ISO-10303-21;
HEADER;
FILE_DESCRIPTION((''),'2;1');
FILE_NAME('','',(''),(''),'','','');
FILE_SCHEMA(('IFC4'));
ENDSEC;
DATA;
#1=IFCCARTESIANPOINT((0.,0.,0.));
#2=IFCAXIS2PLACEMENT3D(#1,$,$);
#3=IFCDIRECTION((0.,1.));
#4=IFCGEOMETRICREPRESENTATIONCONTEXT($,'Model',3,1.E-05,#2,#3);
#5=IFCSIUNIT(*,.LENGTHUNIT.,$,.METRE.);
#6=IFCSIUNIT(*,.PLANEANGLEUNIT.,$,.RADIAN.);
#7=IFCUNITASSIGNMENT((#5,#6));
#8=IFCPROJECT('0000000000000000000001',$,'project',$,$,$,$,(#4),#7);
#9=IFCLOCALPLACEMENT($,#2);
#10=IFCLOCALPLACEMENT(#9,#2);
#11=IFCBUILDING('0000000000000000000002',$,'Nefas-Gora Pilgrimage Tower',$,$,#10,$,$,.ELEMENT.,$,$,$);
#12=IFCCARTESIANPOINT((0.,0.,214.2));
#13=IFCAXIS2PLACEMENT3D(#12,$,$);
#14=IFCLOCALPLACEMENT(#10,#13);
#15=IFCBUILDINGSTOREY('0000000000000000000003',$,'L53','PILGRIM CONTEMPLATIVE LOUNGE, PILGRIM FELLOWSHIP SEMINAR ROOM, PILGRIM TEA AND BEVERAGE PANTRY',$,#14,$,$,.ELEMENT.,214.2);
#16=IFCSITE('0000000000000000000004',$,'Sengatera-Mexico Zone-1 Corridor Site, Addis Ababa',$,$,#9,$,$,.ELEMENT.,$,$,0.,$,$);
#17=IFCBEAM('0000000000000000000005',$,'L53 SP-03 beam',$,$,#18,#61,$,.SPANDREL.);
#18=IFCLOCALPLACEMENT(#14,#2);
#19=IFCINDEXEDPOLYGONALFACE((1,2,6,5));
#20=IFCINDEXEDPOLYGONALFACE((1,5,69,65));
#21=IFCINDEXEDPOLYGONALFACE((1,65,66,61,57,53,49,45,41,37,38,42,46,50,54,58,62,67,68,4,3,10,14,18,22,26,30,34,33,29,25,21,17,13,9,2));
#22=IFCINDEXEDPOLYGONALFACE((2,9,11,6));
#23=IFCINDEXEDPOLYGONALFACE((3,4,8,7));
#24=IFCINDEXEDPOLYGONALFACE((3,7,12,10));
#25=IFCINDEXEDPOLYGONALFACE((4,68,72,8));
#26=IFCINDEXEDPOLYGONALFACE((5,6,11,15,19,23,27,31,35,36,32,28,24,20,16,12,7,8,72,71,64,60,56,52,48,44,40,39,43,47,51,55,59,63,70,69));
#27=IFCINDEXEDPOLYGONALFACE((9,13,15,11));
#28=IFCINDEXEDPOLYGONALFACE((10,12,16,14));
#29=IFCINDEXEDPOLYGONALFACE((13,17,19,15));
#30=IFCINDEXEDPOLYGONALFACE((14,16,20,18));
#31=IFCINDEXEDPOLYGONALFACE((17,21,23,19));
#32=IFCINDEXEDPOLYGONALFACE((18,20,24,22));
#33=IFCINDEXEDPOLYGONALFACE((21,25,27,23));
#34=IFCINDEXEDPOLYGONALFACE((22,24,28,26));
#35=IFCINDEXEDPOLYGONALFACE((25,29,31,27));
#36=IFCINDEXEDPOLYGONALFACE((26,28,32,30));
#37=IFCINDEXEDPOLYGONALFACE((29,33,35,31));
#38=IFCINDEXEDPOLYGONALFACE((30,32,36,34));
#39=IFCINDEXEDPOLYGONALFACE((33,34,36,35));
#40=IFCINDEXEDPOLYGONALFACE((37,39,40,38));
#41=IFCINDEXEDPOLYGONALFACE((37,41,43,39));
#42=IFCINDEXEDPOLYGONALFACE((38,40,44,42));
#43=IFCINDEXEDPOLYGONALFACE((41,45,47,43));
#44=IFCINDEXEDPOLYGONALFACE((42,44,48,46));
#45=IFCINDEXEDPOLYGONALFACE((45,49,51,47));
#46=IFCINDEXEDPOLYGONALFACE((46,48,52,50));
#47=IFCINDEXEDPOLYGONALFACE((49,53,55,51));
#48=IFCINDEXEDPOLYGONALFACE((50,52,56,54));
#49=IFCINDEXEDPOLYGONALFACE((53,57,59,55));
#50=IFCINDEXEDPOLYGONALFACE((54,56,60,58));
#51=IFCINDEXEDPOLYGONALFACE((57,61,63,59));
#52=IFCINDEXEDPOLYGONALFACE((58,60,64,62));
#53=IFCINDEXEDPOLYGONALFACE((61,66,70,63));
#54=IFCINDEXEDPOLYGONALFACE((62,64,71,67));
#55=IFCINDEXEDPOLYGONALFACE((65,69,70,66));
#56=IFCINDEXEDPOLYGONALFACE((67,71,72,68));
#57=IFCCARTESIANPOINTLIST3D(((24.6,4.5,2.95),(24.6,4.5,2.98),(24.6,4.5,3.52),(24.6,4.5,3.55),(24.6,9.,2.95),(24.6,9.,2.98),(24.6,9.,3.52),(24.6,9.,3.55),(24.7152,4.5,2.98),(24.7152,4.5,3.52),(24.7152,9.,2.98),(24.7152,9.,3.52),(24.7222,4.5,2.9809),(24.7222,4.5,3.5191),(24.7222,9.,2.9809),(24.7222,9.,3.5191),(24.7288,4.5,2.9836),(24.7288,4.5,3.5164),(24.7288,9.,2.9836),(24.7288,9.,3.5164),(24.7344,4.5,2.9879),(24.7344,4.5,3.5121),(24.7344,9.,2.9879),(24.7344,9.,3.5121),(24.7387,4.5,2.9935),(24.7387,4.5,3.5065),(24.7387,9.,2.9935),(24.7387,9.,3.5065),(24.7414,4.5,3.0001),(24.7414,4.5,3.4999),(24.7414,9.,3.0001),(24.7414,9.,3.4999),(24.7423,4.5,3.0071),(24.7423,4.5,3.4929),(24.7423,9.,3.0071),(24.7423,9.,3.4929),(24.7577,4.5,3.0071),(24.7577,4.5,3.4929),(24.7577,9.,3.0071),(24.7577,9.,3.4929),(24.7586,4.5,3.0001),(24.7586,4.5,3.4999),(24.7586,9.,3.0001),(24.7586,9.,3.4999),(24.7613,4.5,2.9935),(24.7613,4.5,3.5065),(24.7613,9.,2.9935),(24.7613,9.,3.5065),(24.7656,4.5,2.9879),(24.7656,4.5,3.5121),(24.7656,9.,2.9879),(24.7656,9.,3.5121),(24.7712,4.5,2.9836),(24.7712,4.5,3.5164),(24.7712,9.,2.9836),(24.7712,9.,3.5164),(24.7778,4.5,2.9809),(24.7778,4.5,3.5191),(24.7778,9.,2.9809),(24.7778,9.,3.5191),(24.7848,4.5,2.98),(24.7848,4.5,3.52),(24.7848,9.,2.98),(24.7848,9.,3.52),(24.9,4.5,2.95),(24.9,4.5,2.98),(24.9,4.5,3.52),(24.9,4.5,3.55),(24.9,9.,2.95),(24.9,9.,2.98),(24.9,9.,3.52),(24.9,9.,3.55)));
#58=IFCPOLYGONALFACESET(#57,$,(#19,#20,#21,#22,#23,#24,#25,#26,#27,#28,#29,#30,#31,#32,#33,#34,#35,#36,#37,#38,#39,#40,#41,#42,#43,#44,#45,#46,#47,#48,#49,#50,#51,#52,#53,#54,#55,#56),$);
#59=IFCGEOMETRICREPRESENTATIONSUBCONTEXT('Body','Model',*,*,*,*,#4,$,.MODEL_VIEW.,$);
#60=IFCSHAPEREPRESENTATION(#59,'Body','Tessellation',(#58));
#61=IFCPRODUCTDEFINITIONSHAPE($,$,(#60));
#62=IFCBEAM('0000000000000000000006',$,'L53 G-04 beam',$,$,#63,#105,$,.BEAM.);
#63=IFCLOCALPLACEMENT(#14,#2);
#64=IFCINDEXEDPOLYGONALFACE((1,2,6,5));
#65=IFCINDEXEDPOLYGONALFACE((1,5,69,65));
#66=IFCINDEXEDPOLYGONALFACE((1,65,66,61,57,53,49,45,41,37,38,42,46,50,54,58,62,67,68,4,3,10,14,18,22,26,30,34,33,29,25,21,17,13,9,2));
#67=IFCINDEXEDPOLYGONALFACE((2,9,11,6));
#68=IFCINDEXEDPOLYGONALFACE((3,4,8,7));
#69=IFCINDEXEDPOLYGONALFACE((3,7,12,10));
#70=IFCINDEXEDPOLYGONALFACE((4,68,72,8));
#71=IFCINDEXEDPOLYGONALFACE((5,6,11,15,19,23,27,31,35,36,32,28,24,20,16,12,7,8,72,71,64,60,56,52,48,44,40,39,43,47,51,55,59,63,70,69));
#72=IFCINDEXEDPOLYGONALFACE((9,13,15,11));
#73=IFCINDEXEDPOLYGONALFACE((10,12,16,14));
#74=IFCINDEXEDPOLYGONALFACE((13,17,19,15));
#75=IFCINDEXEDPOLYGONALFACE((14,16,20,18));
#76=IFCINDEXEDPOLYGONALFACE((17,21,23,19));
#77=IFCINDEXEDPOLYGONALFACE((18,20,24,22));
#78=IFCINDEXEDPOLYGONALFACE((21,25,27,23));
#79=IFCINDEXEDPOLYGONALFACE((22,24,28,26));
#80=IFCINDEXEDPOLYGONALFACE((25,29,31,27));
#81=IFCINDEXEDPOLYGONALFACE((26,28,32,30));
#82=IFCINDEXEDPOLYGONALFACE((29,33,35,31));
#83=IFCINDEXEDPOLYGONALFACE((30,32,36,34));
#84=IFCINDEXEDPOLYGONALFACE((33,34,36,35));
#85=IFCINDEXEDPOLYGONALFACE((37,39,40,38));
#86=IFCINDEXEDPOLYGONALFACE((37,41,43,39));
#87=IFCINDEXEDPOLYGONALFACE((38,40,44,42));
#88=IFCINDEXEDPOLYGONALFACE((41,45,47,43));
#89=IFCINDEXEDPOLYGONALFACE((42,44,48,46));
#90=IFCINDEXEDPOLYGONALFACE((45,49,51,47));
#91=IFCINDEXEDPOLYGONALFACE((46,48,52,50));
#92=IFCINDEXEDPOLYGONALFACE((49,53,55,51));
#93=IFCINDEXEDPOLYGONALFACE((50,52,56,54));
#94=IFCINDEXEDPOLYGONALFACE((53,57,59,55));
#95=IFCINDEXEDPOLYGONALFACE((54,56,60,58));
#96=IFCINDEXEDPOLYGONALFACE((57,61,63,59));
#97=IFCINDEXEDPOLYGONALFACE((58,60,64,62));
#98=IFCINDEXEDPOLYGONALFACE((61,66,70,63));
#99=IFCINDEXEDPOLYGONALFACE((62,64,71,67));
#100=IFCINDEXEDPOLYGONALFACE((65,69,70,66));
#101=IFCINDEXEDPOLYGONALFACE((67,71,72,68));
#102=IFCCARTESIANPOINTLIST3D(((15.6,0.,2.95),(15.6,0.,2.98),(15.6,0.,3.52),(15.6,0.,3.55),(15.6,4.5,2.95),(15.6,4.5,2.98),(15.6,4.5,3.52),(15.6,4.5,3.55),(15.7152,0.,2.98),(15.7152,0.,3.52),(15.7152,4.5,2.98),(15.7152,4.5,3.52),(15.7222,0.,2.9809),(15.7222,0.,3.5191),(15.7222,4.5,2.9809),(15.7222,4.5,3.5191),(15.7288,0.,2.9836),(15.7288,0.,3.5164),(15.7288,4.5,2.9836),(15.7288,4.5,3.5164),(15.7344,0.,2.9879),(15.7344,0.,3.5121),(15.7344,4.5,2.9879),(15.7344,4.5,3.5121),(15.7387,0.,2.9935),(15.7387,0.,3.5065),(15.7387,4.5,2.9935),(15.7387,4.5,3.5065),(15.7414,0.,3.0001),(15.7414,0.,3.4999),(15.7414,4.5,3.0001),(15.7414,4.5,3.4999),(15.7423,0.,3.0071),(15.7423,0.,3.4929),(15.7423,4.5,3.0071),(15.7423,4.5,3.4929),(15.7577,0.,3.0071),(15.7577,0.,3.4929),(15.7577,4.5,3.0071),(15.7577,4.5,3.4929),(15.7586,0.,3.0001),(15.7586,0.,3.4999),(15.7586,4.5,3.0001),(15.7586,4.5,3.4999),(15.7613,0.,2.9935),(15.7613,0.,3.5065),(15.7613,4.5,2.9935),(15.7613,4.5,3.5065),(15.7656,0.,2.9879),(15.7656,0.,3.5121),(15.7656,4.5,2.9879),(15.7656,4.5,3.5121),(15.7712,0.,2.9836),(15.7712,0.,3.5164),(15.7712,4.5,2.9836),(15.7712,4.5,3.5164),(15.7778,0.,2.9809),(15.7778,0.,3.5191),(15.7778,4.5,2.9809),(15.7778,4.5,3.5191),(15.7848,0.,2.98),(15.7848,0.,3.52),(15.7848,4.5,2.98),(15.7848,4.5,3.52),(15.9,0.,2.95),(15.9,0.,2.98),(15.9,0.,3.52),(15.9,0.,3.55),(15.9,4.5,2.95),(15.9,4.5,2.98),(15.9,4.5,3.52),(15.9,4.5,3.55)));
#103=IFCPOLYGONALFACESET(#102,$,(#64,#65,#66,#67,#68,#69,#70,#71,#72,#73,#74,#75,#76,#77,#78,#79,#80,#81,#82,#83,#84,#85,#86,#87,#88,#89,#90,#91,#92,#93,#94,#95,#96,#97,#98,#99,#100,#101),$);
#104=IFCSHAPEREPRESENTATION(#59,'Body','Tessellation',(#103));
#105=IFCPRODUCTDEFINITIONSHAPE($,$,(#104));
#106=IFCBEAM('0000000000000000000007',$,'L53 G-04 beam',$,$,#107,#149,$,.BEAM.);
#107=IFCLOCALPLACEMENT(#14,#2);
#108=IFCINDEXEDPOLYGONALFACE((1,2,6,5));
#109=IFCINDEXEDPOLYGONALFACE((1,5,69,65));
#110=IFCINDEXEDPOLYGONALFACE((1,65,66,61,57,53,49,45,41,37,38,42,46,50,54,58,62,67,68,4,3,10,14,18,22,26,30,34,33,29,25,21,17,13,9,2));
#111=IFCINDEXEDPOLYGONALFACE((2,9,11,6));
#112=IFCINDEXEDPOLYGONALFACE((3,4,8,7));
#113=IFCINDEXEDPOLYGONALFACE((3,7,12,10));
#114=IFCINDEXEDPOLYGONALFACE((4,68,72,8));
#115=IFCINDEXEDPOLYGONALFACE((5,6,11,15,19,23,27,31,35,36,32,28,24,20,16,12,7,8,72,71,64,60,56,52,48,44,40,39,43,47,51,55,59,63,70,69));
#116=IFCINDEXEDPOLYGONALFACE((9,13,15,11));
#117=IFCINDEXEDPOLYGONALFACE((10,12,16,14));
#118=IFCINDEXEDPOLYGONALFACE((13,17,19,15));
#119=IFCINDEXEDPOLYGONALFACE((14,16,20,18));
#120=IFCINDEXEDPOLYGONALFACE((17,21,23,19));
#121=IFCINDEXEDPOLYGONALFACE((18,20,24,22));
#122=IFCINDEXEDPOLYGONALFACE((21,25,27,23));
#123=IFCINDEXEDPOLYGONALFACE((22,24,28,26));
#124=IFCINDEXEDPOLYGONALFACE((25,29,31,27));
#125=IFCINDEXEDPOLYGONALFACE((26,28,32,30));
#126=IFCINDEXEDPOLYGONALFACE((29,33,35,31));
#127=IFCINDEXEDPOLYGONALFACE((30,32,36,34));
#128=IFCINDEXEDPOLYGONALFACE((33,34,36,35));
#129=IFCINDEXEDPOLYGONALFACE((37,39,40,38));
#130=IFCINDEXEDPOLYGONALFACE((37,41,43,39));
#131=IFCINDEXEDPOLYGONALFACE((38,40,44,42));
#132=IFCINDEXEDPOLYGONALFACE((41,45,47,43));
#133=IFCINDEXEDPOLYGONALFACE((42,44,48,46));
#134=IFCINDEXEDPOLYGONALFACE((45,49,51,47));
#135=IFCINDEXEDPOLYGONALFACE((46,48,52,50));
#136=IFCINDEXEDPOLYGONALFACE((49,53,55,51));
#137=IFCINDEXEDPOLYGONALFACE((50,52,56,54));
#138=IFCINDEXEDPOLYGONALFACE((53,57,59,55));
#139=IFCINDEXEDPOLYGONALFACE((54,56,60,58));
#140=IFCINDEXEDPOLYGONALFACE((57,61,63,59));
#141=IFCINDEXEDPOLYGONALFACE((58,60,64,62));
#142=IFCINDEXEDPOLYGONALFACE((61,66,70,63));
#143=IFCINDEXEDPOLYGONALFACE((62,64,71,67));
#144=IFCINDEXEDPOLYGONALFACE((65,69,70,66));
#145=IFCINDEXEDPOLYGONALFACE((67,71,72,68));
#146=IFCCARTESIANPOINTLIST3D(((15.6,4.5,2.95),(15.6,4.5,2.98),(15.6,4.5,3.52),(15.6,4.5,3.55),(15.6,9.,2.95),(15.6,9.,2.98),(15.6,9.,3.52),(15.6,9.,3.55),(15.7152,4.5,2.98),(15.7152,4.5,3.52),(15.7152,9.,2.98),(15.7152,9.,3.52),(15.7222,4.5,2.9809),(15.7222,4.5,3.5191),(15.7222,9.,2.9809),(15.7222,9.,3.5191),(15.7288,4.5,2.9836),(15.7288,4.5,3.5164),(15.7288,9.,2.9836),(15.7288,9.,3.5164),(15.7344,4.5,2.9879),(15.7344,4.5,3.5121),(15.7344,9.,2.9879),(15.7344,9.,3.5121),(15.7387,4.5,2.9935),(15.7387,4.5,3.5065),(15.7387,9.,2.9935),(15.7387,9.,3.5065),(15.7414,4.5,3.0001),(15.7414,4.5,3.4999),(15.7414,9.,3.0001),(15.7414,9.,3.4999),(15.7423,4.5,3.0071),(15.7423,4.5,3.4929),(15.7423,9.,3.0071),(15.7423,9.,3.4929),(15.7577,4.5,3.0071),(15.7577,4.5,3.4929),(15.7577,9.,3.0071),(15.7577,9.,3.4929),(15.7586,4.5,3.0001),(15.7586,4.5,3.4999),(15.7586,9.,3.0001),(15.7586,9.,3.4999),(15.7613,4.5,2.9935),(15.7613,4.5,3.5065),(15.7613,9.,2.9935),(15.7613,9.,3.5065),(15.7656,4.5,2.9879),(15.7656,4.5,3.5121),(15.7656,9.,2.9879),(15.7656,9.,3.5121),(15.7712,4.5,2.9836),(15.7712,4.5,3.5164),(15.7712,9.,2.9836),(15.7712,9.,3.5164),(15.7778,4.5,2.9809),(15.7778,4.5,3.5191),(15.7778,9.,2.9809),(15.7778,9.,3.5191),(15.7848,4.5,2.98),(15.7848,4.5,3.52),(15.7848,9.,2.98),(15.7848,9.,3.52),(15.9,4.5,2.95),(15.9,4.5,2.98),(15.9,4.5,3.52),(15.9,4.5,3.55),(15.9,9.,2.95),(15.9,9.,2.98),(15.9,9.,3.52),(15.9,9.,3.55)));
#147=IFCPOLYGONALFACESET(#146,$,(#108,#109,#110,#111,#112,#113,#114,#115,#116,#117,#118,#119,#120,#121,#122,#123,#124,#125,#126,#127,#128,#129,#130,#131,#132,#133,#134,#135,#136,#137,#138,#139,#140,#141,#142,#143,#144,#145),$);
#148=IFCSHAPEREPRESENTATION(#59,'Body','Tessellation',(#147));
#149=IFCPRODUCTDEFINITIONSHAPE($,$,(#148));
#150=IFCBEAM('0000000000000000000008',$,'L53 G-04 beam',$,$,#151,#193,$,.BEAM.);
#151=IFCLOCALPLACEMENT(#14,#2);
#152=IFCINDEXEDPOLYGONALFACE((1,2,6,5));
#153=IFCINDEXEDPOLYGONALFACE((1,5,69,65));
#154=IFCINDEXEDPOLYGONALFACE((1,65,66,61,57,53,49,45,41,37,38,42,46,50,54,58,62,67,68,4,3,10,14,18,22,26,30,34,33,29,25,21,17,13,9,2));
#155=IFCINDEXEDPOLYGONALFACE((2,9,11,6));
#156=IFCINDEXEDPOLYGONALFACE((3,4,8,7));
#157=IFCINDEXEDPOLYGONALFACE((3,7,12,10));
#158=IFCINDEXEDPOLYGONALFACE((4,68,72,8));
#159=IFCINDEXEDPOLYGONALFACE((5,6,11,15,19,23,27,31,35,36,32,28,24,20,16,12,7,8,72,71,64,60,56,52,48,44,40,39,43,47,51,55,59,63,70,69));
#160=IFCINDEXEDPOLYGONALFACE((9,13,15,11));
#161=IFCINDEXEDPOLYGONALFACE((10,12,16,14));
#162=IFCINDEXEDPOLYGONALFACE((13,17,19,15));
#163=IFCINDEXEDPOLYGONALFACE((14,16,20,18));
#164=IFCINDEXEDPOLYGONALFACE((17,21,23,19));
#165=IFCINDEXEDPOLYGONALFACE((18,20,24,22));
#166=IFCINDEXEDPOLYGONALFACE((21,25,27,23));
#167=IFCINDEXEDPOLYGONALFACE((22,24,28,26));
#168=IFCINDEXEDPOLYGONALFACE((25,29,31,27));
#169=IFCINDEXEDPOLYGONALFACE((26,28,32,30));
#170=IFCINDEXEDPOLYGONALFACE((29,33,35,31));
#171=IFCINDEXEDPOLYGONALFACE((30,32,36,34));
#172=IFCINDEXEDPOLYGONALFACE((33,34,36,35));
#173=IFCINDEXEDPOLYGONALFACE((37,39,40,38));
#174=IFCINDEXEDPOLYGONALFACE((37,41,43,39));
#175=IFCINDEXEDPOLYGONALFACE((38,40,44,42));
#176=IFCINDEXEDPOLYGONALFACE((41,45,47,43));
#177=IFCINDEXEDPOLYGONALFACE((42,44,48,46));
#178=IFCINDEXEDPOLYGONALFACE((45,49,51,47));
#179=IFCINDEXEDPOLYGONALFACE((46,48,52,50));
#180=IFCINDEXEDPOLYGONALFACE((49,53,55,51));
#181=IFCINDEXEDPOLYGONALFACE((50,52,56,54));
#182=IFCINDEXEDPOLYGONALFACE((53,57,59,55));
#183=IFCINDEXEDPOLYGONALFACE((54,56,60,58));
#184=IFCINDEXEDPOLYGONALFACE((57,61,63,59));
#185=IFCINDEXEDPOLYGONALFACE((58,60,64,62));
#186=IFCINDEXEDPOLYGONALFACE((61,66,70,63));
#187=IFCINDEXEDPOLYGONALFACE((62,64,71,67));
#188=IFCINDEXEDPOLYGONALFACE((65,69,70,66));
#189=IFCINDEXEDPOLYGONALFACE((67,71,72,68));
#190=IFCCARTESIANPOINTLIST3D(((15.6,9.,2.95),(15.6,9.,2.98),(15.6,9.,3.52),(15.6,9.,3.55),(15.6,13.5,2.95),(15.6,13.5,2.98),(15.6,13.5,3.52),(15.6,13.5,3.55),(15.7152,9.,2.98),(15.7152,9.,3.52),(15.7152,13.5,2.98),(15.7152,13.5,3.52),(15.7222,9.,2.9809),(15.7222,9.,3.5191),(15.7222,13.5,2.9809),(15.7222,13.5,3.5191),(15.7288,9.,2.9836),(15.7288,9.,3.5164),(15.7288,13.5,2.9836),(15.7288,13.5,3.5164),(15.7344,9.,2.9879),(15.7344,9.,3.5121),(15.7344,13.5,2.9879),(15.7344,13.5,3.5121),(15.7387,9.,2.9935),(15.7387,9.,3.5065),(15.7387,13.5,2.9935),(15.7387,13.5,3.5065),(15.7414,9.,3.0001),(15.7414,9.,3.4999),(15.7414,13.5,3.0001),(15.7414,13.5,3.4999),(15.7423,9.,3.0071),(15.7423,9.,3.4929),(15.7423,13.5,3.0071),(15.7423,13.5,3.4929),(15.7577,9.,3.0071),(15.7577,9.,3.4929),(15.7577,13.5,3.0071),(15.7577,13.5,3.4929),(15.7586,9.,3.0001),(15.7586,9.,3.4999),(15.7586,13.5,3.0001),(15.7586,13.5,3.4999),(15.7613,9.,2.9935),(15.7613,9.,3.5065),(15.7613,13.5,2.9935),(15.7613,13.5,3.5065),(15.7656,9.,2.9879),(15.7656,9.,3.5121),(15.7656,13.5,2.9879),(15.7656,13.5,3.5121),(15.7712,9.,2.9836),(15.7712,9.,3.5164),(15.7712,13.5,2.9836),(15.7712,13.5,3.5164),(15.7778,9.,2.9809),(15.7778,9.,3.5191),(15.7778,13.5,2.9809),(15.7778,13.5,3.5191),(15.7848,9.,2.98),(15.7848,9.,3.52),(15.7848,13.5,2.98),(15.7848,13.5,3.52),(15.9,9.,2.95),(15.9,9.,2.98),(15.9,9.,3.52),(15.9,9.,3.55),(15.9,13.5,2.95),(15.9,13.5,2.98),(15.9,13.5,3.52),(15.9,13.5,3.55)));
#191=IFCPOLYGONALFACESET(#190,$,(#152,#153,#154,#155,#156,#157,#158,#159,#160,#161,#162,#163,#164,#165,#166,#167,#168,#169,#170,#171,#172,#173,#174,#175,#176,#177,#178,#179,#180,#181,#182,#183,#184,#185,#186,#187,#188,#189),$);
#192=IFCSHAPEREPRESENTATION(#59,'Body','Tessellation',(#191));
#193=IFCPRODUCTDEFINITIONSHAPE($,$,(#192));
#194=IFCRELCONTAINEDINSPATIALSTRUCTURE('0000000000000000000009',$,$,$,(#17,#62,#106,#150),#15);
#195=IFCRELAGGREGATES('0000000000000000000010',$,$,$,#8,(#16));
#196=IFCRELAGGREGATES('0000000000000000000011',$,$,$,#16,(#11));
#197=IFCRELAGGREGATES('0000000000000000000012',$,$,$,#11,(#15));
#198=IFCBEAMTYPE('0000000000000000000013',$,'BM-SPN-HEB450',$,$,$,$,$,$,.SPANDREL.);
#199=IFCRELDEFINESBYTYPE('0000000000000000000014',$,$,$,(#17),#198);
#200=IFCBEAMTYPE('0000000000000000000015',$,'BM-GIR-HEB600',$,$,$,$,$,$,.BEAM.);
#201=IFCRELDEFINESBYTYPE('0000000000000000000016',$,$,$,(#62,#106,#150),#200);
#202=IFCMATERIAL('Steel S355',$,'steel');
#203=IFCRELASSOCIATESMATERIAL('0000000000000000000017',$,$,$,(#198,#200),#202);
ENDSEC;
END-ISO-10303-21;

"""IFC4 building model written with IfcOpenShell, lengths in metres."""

from ifc_helpers import new_model, si_unit, direction, frame, origin, origin_2d, place, context, subcontext, project, spatial, i_section, extrude, source, transform, mapped, material, material_profile, profile_set, type_object, element, save


model = new_model("IFC4")

# Units and contexts
model_context = context("Model", 3, precision=1e-05, world=origin(), true_north=direction((0.0, 1.0)))
body_context = subcontext(model_context, "Body", "Model", "MODEL_VIEW")
ifc_project = project(units=[si_unit("LENGTHUNIT", "METRE"), si_unit("PLANEANGLEUNIT", "RADIAN")], contexts=[model_context])

# Site, building, storey
site_placement = place(None, origin())
site = spatial("IfcSite", under=ifc_project, at=site_placement, Name="Sengatera-Mexico Zone-1 Corridor Site, Addis Ababa", CompositionType="ELEMENT", RefElevation=0.0)
building_placement = place(site_placement, origin())
building = spatial("IfcBuilding", under=site, at=building_placement, Name="Nefas-Gora Pilgrimage Tower", CompositionType="ELEMENT")
storey_placement = place(building_placement, frame((0.0, 0.0, 214.2)))
storey = spatial("IfcBuildingStorey", under=building, at=storey_placement, Name="L53", Description="PILGRIM CONTEMPLATIVE LOUNGE, PILGRIM FELLOWSHIP SEMINAR ROOM, PILGRIM TEA AND BEVERAGE PANTRY", CompositionType="ELEMENT", Elevation=214.2)

# Beams
ifc_material_1 = material(Name="Steel S355", Category="steel")
ifc_material_profile_1 = material_profile(ifc_material_1, i_section(OverallWidth=0.3, OverallDepth=0.6001, WebThickness=0.0154, FlangeThickness=0.03, FilletRadius=0.0271, at=origin_2d()), Name="HEB 600")
ifc_profile_set_1 = profile_set([ifc_material_profile_1], Name="Steel S355")
beam_type_1 = type_object("IfcBeamType", Name="BM-SPN-HEB450", PredefinedType="SPANDREL", material=ifc_profile_set_1)
shared_shape_1 = source(origin(), body_context, "Body", "SweptSolid", [
    extrude(i_section(OverallWidth=0.3, OverallDepth=0.6001, WebThickness=0.0154, FlangeThickness=0.03, FilletRadius=0.0271, at=origin_2d()), origin(), (0.0, 0.0, 1.0), 4.5),
])
for number, where, z_axis, x_axis, name in (
    (1, (24.75, 4.5, 3.25), (0.0, 1.0, 0.0), (-1.0, 0.0, 0.0), "L53 SP-03 beam"),
):
    element("IfcBeam", number, at=place(storey_placement, frame(where, z_axis=z_axis, x_axis=x_axis)), inside=storey, type_object=beam_type_1, Name=name, PredefinedType="SPANDREL", context=body_context, shape_type="MappedRepresentation", body=[
        mapped(shared_shape_1, transform((0.0, 0.0, 0.0), x_axis=(1.0, 0.0, 0.0), y_axis=(0.0, 1.0, 0.0), z_axis=(0.0, 0.0, 1.0), scale=1.0)),
    ])
ifc_material_profile_2 = material_profile(ifc_material_1, i_section(OverallWidth=0.3, OverallDepth=0.6001, WebThickness=0.0154, FlangeThickness=0.03, FilletRadius=0.0271, at=origin_2d()), Name="HEB 600")
ifc_profile_set_2 = profile_set([ifc_material_profile_2], Name="Steel S355")
beam_type_2 = type_object("IfcBeamType", Name="BM-GIR-HEB600", PredefinedType="BEAM", material=ifc_profile_set_2)
shared_shape_2 = source(origin(), body_context, "Body", "SweptSolid", [
    extrude(i_section(OverallWidth=0.3, OverallDepth=0.6001, WebThickness=0.0154, FlangeThickness=0.03, FilletRadius=0.0271, at=origin_2d()), origin(), (0.0, 0.0, 1.0), 4.5),
])
for number, where, z_axis, x_axis, name in (
    (2, (15.75, 0.0, 3.25), (0.0, 1.0, 0.0), (-1.0, 0.0, 0.0), "L53 G-04 beam"),
    (3, (15.75, 4.5, 3.25), (0.0, 1.0, 0.0), (-1.0, 0.0, 0.0), "L53 G-04 beam"),
    (4, (15.75, 9.0, 3.25), (0.0, 1.0, 0.0), (-1.0, 0.0, 0.0), "L53 G-04 beam"),
):
    element("IfcBeam", number, at=place(storey_placement, frame(where, z_axis=z_axis, x_axis=x_axis)), inside=storey, type_object=beam_type_2, Name=name, PredefinedType="BEAM", context=body_context, shape_type="MappedRepresentation", body=[
        mapped(shared_shape_2, transform((0.0, 0.0, 0.0), x_axis=(1.0, 0.0, 0.0), y_axis=(0.0, 1.0, 0.0), z_axis=(0.0, 0.0, 1.0), scale=1.0)),
    ])

save(model, "model.ifc")
